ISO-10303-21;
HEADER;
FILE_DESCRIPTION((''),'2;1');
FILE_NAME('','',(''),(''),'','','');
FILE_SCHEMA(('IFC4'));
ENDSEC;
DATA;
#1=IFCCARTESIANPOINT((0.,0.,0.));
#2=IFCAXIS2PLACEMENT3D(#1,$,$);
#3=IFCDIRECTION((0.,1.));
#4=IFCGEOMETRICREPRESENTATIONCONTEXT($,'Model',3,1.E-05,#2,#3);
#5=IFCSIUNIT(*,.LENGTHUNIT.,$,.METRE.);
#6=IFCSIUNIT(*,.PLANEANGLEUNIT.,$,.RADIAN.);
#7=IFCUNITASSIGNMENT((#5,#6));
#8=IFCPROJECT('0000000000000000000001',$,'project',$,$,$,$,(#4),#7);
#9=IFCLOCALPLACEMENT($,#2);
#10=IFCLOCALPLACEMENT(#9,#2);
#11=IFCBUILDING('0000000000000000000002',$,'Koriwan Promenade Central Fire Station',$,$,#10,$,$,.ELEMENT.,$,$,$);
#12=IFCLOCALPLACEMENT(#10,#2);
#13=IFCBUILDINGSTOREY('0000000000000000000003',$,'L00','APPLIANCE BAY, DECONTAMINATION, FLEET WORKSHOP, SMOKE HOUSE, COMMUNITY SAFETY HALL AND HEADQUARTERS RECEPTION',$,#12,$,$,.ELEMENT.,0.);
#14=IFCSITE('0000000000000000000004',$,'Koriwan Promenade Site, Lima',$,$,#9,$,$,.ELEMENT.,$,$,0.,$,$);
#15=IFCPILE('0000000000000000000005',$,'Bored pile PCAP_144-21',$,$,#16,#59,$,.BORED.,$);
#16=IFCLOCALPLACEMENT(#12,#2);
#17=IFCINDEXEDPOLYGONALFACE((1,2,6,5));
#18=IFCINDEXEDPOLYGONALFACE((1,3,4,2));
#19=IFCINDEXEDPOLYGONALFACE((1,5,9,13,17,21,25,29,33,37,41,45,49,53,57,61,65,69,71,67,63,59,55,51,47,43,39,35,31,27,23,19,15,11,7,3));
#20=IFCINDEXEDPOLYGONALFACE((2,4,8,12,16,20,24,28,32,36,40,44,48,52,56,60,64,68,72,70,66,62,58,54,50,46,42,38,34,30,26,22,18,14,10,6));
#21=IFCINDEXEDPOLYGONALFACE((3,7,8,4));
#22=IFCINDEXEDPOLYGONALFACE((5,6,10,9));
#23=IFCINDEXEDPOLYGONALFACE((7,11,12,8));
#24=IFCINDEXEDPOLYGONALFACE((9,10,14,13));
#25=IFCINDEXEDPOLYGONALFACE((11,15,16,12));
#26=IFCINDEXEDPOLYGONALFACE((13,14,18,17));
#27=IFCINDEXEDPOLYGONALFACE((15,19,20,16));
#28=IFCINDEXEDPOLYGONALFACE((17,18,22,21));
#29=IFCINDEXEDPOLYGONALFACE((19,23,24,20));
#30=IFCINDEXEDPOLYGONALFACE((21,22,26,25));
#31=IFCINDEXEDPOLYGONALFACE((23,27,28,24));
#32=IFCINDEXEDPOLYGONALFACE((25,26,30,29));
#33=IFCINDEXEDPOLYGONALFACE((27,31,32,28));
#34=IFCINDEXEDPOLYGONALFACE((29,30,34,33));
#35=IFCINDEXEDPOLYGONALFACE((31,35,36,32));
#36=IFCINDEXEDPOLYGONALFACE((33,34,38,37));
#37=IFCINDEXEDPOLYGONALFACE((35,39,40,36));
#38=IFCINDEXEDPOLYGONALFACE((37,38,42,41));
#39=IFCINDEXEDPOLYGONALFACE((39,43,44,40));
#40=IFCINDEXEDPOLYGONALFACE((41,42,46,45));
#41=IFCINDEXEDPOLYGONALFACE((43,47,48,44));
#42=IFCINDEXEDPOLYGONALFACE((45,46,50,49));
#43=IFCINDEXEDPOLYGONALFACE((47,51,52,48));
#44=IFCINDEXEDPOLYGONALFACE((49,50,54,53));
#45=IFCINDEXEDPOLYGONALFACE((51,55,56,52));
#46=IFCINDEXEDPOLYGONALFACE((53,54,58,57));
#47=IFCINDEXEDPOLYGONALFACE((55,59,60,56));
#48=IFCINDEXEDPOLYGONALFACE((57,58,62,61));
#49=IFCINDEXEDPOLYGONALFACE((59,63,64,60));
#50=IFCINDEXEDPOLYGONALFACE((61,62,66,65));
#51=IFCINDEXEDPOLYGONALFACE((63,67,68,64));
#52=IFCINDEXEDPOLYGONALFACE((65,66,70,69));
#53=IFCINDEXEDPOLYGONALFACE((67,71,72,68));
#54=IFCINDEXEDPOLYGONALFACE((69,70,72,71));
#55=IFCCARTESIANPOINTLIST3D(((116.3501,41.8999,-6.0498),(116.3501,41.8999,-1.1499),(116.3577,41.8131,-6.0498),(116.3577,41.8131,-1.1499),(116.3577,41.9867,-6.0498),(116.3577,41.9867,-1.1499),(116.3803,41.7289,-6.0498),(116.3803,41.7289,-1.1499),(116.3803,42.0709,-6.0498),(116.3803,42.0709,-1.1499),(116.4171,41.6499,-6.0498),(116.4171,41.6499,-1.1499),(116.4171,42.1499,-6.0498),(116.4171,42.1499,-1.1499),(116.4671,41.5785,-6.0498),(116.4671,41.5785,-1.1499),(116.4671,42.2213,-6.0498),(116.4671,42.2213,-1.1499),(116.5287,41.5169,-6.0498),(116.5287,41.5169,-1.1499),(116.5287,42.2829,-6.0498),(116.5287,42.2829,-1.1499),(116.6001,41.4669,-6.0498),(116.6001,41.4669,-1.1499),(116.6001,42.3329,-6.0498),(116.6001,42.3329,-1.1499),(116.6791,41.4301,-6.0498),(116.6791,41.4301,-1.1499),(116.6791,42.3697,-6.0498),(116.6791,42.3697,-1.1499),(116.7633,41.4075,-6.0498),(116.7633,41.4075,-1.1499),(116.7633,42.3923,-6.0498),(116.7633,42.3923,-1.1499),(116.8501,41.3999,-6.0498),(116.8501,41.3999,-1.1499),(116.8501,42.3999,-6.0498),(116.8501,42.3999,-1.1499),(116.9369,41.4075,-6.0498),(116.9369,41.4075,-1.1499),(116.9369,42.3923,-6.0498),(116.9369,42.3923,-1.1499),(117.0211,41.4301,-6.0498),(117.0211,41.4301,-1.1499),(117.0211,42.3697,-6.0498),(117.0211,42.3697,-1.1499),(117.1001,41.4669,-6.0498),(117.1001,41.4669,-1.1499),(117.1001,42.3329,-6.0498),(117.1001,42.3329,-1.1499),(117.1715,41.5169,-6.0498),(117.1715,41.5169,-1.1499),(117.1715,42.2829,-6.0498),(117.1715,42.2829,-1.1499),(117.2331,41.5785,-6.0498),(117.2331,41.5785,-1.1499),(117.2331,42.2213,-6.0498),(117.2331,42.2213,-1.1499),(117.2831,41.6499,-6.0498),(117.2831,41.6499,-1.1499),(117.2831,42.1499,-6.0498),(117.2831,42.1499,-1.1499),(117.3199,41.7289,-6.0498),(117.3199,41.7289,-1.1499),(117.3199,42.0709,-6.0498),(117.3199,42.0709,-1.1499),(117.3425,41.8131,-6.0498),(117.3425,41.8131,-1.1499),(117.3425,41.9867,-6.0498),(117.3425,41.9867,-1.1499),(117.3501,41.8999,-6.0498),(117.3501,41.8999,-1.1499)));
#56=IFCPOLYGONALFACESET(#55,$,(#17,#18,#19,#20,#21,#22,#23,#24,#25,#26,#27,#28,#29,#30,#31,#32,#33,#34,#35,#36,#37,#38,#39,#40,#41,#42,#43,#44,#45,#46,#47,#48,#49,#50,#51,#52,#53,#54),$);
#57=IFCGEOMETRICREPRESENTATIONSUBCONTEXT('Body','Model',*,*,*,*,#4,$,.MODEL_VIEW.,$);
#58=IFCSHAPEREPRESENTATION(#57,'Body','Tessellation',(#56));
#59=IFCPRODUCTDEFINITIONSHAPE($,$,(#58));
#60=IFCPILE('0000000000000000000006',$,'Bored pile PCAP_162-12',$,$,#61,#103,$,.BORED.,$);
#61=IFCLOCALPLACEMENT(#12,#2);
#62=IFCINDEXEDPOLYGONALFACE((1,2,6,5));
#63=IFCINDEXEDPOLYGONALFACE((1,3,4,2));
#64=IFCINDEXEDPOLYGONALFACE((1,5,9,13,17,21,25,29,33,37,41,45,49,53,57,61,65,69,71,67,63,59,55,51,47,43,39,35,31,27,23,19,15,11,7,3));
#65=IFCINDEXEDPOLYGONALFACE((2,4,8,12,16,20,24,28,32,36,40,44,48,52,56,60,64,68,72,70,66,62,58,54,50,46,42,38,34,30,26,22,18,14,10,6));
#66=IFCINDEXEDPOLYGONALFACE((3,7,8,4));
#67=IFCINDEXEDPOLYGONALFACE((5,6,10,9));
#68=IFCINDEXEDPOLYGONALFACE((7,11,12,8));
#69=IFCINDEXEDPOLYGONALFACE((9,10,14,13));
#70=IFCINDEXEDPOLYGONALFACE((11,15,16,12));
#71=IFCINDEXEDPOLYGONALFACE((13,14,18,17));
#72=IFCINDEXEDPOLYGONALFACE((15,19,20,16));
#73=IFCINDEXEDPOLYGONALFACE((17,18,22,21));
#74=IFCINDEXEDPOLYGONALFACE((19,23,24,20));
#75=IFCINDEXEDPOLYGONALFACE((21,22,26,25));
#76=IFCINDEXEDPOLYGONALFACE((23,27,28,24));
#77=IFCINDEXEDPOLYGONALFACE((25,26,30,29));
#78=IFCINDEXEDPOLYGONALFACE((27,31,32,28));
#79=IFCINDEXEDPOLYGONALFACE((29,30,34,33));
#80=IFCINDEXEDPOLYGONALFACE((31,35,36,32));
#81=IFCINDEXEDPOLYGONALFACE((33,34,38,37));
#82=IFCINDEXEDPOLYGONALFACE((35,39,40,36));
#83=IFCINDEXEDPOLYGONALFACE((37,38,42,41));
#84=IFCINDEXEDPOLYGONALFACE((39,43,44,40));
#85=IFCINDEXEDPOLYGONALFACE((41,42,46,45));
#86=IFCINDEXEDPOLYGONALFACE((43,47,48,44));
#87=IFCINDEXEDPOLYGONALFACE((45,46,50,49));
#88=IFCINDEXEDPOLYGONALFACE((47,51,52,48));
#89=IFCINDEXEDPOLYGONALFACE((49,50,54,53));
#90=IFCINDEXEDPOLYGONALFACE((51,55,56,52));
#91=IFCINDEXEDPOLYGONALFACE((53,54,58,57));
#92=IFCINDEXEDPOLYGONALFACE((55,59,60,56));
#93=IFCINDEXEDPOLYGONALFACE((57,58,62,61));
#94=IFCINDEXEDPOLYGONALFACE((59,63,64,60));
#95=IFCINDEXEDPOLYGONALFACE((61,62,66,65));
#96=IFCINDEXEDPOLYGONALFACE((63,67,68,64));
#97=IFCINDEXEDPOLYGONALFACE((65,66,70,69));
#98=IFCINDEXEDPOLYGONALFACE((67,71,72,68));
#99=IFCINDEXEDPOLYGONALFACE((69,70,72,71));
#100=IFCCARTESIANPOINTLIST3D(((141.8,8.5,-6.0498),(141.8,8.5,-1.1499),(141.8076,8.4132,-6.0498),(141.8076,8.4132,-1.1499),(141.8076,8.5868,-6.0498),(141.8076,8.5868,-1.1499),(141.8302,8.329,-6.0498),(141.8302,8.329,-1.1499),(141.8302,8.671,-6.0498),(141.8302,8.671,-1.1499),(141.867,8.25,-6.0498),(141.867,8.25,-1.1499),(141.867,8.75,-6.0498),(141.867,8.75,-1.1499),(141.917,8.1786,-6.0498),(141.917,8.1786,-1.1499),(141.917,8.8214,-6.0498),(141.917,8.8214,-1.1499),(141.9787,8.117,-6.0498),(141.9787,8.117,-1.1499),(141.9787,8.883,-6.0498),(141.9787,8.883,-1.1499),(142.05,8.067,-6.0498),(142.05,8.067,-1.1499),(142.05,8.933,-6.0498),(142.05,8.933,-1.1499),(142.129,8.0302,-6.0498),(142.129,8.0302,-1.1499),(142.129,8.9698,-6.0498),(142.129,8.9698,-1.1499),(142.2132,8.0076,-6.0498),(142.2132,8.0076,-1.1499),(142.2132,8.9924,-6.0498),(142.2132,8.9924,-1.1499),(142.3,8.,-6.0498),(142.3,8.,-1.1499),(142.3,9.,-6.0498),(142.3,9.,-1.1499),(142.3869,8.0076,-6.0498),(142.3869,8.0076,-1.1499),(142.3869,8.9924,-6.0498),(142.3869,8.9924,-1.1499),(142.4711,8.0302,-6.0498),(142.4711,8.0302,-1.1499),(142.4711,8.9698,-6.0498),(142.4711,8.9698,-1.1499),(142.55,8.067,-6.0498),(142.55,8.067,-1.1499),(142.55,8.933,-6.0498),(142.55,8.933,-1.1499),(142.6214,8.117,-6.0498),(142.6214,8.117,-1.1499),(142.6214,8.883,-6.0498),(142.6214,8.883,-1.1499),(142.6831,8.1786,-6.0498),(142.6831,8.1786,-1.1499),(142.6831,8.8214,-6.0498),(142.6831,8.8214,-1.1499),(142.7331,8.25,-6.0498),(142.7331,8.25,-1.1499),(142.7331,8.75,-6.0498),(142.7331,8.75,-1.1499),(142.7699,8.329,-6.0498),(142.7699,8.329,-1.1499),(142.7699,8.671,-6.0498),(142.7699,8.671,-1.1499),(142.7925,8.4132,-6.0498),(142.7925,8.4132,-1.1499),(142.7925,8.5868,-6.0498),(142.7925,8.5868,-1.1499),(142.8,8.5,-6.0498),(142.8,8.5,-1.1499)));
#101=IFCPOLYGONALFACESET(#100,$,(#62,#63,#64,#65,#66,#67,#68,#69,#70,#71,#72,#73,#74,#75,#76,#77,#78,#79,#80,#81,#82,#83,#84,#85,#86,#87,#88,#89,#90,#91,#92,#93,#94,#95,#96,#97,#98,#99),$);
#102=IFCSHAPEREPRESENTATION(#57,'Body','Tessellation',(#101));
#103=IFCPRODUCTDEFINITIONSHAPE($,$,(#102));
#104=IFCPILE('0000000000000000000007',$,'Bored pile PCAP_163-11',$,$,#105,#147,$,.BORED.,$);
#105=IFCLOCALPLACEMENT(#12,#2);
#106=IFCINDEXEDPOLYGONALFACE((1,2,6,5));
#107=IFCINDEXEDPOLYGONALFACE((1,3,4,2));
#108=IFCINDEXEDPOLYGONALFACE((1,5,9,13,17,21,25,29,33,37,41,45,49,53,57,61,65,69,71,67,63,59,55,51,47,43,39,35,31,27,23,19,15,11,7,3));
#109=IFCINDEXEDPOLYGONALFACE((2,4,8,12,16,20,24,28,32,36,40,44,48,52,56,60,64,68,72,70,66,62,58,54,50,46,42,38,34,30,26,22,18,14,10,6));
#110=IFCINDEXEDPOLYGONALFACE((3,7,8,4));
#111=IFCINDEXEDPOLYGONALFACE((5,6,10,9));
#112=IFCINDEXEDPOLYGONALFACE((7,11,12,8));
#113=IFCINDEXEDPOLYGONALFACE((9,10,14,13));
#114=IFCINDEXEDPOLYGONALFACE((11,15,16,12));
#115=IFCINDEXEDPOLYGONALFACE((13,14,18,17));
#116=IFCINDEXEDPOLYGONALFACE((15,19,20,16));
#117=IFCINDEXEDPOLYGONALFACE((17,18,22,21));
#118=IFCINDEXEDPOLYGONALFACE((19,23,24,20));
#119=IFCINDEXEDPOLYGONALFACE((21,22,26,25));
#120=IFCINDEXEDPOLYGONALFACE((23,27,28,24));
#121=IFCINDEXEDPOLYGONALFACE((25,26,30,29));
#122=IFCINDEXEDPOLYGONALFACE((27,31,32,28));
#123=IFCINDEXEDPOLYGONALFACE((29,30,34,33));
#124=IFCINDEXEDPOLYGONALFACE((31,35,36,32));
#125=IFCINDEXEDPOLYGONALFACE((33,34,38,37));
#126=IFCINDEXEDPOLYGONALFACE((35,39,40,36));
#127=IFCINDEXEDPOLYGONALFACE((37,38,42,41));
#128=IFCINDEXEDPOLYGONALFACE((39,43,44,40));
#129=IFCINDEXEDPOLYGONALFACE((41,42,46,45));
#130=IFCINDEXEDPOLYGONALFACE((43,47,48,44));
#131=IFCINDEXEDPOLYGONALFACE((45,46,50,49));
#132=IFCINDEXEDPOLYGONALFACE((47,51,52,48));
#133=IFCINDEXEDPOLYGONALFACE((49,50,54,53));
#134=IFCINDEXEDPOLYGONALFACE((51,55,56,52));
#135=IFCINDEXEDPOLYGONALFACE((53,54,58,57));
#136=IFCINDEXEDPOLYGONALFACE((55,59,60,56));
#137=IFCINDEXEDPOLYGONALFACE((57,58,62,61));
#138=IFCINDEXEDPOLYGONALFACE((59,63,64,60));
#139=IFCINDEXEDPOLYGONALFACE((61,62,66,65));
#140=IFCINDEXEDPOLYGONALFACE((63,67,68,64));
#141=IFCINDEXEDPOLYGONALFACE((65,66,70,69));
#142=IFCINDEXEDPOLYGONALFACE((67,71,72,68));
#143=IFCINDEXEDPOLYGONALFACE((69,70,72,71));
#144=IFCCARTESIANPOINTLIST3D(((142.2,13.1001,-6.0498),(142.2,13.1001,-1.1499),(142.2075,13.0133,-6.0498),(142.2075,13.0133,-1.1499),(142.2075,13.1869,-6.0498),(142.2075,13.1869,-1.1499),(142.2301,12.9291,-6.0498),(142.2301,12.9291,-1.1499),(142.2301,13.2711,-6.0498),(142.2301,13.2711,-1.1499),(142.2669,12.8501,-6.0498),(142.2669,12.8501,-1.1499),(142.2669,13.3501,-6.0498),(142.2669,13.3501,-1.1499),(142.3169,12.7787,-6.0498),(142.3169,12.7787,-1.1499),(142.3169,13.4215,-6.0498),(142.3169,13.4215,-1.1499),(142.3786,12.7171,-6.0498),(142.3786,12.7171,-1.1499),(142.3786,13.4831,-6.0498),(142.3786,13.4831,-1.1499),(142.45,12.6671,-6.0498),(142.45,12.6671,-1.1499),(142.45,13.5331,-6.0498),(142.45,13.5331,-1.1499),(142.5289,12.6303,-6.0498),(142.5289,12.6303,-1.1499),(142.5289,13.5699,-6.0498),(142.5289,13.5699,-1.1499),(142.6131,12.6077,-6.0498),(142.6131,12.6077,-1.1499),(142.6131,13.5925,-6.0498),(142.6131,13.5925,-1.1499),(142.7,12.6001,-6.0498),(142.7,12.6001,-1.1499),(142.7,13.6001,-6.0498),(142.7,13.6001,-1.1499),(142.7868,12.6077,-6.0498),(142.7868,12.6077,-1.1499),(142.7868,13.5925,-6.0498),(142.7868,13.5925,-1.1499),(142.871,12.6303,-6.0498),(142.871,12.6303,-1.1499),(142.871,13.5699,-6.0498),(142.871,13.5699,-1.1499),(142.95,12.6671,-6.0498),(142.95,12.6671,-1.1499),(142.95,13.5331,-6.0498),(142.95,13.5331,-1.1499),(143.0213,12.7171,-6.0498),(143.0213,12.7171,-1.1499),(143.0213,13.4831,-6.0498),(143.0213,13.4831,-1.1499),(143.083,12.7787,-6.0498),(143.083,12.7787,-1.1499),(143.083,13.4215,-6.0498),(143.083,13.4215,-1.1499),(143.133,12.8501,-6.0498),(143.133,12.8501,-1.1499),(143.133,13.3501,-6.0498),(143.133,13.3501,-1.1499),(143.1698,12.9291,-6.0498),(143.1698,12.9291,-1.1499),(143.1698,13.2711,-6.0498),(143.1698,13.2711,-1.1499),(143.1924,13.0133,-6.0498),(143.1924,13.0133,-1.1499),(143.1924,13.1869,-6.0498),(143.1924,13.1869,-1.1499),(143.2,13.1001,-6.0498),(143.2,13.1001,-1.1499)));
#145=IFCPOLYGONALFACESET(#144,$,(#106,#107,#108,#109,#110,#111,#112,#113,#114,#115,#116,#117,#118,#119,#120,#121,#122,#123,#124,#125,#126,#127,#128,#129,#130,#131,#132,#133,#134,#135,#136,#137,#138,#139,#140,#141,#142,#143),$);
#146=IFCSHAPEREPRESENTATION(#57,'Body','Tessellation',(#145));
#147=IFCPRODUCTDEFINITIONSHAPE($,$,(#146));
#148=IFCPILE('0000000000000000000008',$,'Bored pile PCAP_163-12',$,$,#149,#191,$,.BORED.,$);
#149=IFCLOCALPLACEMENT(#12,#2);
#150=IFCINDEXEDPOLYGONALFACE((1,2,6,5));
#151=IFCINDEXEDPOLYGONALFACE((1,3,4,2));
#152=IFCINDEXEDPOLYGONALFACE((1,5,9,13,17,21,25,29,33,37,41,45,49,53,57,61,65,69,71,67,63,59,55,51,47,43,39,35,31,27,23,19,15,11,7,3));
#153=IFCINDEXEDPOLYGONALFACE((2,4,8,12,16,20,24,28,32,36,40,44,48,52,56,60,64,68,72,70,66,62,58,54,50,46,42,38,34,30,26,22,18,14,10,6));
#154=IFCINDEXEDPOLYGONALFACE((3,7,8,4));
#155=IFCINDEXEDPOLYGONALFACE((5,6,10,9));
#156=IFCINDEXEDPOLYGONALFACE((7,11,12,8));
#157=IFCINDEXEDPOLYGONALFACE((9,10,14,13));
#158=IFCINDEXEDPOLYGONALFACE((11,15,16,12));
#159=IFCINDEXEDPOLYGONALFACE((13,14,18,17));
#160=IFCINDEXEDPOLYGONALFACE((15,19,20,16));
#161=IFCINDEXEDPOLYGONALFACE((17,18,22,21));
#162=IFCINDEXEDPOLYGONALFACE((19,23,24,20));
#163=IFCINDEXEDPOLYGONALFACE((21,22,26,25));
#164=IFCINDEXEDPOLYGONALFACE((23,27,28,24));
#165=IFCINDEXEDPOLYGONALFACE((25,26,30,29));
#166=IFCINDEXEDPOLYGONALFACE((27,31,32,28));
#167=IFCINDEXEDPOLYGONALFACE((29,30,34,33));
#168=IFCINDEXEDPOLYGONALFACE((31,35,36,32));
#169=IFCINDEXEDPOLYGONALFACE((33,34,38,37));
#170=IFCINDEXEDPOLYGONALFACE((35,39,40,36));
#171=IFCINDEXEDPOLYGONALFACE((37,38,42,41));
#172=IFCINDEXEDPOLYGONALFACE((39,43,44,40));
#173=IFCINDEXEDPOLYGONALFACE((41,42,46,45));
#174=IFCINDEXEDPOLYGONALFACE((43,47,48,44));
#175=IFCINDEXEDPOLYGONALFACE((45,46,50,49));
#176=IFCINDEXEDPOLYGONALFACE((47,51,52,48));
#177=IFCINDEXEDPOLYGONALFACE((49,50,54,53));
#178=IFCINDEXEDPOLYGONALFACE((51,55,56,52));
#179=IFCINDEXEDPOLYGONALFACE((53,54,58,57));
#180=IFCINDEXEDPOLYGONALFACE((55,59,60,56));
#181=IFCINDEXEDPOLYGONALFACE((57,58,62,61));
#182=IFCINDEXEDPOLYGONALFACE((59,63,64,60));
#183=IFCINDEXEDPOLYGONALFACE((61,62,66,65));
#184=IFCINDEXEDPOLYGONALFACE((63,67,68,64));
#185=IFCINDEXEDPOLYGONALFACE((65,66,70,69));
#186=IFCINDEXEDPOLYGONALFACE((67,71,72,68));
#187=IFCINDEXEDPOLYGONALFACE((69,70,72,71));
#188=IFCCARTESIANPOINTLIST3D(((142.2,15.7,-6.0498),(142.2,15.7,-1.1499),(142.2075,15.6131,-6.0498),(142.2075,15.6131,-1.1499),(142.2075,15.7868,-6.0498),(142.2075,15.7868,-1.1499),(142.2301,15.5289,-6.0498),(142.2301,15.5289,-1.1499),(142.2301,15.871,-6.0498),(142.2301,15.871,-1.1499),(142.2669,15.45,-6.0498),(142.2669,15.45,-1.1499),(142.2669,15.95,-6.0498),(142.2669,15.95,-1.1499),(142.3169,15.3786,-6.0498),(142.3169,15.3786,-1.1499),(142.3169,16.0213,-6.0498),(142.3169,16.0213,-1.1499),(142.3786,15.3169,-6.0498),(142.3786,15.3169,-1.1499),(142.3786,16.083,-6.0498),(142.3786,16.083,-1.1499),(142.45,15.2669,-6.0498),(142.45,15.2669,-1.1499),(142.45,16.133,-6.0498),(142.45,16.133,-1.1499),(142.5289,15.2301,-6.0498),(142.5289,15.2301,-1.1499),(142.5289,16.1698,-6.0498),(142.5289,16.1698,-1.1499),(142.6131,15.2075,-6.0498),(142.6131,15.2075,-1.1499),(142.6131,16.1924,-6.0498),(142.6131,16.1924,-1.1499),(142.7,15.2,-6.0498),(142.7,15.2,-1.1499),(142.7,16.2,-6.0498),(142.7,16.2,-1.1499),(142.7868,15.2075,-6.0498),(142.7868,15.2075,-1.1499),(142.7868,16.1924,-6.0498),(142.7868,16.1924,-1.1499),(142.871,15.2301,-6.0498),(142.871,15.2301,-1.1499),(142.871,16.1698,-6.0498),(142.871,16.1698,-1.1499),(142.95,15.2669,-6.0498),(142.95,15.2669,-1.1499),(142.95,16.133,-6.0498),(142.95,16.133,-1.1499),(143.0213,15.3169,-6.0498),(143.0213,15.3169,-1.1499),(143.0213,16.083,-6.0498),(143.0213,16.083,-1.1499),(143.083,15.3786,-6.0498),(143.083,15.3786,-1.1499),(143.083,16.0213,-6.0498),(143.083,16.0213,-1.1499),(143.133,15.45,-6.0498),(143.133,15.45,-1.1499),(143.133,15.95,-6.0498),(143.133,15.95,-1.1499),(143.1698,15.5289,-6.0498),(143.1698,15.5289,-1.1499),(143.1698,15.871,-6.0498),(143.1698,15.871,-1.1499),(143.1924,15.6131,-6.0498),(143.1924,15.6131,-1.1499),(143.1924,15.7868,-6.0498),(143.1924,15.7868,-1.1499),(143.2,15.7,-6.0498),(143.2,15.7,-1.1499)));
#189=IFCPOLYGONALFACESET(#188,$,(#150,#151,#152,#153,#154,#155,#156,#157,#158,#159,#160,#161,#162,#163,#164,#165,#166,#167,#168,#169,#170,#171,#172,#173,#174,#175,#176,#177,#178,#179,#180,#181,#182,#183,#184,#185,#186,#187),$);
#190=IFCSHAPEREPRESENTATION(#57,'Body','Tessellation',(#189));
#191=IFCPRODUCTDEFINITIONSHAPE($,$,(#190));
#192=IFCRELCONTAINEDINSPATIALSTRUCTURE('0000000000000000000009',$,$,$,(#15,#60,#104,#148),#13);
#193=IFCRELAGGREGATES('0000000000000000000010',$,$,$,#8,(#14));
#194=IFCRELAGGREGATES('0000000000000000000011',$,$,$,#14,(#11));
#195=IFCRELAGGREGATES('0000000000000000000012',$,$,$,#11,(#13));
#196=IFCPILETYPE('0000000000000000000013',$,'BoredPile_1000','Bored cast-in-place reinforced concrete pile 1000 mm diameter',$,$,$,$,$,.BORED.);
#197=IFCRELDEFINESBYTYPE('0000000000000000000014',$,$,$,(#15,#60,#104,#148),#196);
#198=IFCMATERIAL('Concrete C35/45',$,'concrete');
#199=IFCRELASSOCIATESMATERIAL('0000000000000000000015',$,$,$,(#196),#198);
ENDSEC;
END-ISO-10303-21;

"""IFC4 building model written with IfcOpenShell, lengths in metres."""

from ifc_helpers import new_model, si_unit, direction, frame, origin, origin_2d, place, context, subcontext, project, spatial, circle, extrude, material, material_profile, profile_set, type_object, element, save


model = new_model("IFC4")

# Units and contexts
model_context = context("Model", 3, precision=1e-05, world=origin(), true_north=direction((0.0, 1.0)))
body_context = subcontext(model_context, "Body", "Model", "MODEL_VIEW")
ifc_project = project(units=[si_unit("LENGTHUNIT", "METRE"), si_unit("PLANEANGLEUNIT", "RADIAN")], contexts=[model_context])

# Site, building, storey
site_placement = place(None, origin())
site = spatial("IfcSite", under=ifc_project, at=site_placement, Name="Koriwan Promenade Site, Lima", CompositionType="ELEMENT", RefElevation=0.0)
building_placement = place(site_placement, origin())
building = spatial("IfcBuilding", under=site, at=building_placement, Name="Koriwan Promenade Central Fire Station", CompositionType="ELEMENT")
storey_placement = place(building_placement, origin())
storey = spatial("IfcBuildingStorey", under=building, at=storey_placement, Name="L00", Description="APPLIANCE BAY, DECONTAMINATION, FLEET WORKSHOP, SMOKE HOUSE, COMMUNITY SAFETY HALL AND HEADQUARTERS RECEPTION", CompositionType="ELEMENT", Elevation=0.0)

# Piles
ifc_material_1 = material(Name="Concrete C35/45", Category="concrete")
ifc_material_profile_1 = material_profile(ifc_material_1, circle(Radius=0.5, at=origin_2d()), Name="PILE-D1000")
ifc_profile_set_1 = profile_set([ifc_material_profile_1], Name="Concrete C35/45")
pile_type_1 = type_object("IfcPileType", Name="BoredPile_1000", Description="Bored cast-in-place reinforced concrete pile 1000 mm diameter", PredefinedType="BORED", material=ifc_profile_set_1)
for number, where, z_axis, x_axis, name in (
    (1, (116.8501, 41.8999, -1.1499), (0.0, 0.0, -1.0), (1.0, 0.0, 0.0), "Bored pile PCAP_144-21"),
    (2, (142.3, 8.5, -1.1499), (0.0, 0.0, -1.0), (1.0, 0.0, 0.0), "Bored pile PCAP_162-12"),
    (3, (142.7, 13.1001, -1.1499), (0.0, 0.0, -1.0), (1.0, 0.0, 0.0), "Bored pile PCAP_163-11"),
    (4, (142.7, 15.7, -1.1499), (0.0, 0.0, -1.0), (1.0, 0.0, 0.0), "Bored pile PCAP_163-12"),
):
    element("IfcPile", number, at=place(storey_placement, frame(where, z_axis=z_axis, x_axis=x_axis)), inside=storey, type_object=pile_type_1, Name=name, PredefinedType="BORED", context=body_context, shape_type="SweptSolid", body=[
        extrude(circle(Radius=0.5, at=origin_2d()), origin(), (0.0, 0.0, 1.0), 4.8999),
    ])

save(model, "model.ifc")
